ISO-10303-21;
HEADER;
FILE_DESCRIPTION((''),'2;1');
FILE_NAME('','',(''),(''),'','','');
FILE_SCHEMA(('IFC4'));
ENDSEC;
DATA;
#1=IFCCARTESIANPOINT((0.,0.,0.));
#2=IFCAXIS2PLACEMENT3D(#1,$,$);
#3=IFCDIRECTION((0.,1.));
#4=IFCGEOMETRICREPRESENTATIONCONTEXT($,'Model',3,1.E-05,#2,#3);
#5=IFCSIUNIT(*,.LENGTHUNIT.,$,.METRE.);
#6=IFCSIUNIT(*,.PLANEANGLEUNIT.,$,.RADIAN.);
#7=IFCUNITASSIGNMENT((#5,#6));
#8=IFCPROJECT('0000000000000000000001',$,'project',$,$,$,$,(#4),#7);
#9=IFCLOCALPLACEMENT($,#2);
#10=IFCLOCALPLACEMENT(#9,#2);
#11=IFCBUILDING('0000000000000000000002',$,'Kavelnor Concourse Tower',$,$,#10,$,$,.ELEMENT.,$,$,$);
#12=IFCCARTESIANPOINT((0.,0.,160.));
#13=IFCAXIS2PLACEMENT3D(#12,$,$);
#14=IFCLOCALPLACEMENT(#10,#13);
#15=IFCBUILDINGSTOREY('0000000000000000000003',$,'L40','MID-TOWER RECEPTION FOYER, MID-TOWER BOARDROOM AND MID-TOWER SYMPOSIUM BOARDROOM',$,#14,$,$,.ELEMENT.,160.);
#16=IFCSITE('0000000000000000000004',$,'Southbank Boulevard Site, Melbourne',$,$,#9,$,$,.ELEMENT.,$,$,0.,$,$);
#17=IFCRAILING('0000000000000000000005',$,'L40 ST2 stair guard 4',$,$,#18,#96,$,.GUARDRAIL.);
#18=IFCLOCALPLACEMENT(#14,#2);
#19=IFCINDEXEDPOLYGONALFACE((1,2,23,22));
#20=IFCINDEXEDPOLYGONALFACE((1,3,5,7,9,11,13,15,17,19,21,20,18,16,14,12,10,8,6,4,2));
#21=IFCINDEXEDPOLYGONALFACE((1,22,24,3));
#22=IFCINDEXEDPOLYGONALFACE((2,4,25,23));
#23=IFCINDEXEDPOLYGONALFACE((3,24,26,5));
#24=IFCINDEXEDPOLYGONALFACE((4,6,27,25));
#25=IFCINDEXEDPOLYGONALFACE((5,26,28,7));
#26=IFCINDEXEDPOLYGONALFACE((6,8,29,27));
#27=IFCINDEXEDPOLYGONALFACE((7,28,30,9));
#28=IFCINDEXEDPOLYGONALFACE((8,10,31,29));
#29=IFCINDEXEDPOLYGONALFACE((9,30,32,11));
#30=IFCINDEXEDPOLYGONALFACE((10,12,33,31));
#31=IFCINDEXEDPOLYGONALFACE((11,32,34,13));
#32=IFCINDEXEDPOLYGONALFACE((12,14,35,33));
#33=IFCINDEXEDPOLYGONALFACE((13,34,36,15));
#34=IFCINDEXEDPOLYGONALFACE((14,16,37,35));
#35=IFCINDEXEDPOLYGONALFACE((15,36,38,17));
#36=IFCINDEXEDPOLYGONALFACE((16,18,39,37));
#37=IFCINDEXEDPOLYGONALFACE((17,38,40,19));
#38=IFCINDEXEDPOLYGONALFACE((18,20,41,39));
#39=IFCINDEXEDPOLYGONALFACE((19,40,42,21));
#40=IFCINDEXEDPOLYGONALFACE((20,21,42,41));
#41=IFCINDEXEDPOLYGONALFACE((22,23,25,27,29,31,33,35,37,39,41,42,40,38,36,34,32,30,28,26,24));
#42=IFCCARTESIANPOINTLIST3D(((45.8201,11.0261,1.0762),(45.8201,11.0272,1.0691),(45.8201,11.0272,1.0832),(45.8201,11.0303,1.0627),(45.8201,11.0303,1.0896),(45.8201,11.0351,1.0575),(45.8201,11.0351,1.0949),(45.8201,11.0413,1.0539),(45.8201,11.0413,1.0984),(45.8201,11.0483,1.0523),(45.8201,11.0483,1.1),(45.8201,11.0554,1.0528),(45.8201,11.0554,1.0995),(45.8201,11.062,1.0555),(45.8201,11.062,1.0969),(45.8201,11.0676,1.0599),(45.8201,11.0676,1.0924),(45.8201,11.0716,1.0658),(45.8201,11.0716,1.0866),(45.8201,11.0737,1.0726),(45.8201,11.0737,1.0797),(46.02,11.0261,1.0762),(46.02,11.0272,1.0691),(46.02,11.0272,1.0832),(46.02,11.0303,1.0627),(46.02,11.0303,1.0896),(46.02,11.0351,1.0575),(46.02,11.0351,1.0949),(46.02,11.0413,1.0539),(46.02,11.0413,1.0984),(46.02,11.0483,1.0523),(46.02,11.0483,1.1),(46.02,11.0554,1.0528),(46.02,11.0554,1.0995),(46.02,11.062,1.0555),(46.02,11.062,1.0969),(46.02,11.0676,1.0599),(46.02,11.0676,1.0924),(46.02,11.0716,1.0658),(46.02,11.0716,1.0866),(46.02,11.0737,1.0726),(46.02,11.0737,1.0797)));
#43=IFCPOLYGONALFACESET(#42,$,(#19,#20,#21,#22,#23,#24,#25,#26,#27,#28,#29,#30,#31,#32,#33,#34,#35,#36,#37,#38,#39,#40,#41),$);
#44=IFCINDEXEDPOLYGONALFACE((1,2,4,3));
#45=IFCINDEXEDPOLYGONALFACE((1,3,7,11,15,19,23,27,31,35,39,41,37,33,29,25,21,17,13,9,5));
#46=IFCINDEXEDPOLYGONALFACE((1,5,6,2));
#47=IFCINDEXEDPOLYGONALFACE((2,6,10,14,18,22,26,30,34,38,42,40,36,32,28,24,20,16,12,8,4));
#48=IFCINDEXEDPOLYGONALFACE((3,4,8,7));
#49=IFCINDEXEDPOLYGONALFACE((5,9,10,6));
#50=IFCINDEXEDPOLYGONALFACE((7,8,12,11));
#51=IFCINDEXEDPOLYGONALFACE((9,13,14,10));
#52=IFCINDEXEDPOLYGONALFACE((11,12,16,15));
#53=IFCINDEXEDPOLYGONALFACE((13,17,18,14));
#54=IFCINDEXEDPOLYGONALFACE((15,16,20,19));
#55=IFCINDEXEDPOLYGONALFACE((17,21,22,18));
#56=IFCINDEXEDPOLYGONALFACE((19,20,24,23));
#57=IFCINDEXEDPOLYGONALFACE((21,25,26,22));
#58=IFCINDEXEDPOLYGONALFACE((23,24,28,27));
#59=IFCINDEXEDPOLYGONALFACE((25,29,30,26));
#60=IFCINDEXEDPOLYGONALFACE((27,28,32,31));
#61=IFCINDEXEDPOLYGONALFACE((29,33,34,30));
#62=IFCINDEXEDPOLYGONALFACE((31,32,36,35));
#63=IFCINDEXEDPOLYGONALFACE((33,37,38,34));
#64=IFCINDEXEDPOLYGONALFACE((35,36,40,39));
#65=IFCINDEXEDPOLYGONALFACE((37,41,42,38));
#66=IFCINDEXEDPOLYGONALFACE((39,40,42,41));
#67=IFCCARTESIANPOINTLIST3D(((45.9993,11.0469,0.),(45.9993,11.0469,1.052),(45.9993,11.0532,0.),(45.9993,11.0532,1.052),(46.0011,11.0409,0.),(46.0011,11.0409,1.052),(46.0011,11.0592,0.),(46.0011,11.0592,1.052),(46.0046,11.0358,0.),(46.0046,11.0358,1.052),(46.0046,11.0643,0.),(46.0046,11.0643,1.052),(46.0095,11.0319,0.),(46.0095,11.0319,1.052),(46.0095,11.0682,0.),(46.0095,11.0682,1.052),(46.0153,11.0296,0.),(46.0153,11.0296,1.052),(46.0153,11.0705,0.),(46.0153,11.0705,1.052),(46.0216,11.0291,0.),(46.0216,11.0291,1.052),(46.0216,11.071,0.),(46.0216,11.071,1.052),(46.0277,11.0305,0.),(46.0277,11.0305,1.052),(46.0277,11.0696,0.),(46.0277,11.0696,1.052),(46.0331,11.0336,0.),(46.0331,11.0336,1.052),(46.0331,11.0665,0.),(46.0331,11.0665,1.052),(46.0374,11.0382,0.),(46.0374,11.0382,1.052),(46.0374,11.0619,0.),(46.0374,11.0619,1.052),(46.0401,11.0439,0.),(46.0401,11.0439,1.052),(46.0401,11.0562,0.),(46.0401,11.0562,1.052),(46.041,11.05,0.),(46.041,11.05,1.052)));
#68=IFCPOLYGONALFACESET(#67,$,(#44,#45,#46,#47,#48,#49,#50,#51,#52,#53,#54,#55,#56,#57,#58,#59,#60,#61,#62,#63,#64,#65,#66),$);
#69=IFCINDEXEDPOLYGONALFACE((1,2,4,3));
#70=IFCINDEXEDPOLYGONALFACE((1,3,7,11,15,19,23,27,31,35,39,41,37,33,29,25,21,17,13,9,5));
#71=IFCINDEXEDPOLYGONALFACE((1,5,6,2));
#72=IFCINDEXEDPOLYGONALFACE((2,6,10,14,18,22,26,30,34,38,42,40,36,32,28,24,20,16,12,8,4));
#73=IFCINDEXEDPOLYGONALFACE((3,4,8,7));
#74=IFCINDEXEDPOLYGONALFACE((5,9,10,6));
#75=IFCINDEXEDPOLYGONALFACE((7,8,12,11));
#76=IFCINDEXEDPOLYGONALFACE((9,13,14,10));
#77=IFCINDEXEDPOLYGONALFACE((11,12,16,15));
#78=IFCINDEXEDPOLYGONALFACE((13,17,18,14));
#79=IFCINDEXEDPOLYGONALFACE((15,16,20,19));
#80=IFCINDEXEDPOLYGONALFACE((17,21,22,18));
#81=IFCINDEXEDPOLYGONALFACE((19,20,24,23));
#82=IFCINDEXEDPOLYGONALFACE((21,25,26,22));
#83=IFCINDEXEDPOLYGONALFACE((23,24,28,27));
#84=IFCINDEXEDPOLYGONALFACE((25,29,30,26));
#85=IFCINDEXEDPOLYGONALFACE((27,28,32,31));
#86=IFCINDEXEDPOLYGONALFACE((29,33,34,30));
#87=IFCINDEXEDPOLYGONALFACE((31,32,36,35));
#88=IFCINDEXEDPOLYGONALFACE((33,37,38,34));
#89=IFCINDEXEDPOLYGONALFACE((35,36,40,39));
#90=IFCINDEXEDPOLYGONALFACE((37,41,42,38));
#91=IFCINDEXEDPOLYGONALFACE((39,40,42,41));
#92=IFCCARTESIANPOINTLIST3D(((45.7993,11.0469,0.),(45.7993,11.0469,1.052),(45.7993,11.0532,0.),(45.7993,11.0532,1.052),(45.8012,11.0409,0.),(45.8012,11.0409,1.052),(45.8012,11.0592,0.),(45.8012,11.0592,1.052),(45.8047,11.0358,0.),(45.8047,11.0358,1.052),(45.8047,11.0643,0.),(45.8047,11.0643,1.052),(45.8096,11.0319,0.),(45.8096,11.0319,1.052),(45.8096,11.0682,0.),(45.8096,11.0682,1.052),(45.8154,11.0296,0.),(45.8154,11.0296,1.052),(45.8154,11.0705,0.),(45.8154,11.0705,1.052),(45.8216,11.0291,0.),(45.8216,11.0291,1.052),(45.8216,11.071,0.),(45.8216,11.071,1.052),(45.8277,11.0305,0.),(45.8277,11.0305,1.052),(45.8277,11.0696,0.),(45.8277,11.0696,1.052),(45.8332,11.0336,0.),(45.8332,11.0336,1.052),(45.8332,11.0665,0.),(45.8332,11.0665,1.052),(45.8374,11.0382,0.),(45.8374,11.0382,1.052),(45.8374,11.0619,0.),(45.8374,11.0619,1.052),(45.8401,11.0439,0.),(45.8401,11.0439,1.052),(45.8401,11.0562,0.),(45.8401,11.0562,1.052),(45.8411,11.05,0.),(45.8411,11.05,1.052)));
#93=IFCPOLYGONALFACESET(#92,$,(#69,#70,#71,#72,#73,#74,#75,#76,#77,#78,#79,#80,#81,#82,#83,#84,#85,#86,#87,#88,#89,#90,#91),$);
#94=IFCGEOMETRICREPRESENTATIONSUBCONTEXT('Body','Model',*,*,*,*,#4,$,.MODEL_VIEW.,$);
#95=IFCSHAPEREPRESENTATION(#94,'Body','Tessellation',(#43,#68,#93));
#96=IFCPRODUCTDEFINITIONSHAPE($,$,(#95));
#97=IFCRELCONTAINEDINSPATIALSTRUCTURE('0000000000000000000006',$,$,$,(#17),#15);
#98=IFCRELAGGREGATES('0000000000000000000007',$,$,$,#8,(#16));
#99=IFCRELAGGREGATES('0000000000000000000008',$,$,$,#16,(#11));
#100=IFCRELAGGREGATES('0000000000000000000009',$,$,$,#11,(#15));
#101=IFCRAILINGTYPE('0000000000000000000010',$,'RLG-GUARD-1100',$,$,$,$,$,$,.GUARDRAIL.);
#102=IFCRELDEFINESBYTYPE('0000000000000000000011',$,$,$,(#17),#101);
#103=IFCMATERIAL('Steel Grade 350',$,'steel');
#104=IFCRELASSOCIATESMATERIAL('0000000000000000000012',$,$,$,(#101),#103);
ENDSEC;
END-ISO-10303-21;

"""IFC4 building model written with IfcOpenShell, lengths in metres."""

from ifc_helpers import new_model, si_unit, direction, frame, origin, origin_2d, place, context, subcontext, project, spatial, circle, extrude, material, type_object, element, save


model = new_model("IFC4")

# Units and contexts
model_context = context("Model", 3, precision=1e-05, world=origin(), true_north=direction((0.0, 1.0)))
body_context = subcontext(model_context, "Body", "Model", "MODEL_VIEW")
ifc_project = project(units=[si_unit("LENGTHUNIT", "METRE"), si_unit("PLANEANGLEUNIT", "RADIAN")], contexts=[model_context])

# Site, building, storey
site_placement = place(None, origin())
site = spatial("IfcSite", under=ifc_project, at=site_placement, Name="Southbank Boulevard Site, Melbourne", CompositionType="ELEMENT", RefElevation=0.0)
building_placement = place(site_placement, origin())
building = spatial("IfcBuilding", under=site, at=building_placement, Name="Kavelnor Concourse Tower", CompositionType="ELEMENT")
storey_placement = place(building_placement, frame((0.0, 0.0, 160.0)))
storey = spatial("IfcBuildingStorey", under=building, at=storey_placement, Name="L40", Description="MID-TOWER RECEPTION FOYER, MID-TOWER BOARDROOM AND MID-TOWER SYMPOSIUM BOARDROOM", CompositionType="ELEMENT", Elevation=160.0)

# Shared definitions
ifc_material_1 = material(Name="Steel Grade 350", Category="steel")

# Railing
railing_type_1 = type_object("IfcRailingType", Name="RLG-GUARD-1100", PredefinedType="GUARDRAIL", material=ifc_material_1)
railing_1_placement = place(storey_placement, frame((46.02, 11.05, 0.0)))
element("IfcRailing", 1, at=railing_1_placement, inside=storey, type_object=railing_type_1, Name="L40 ST2 stair guard 4", PredefinedType="GUARDRAIL", context=body_context, shape_type="SweptSolid", body=[
    extrude(circle(Radius=0.0239, at=origin_2d()), frame((0.0, 0.0, 1.0762), z_axis=(-1.0, 0.0, 0.0), x_axis=(0.0, -1.0, 0.0)), (0.0, 0.0, 1.0), 0.2),
    extrude(circle(Radius=0.021, at=origin_2d()), origin(), (0.0, 0.0, 1.0), 1.052),
    extrude(circle(Radius=0.021, at=origin_2d()), frame((-0.2, 0.0, 0.0)), (0.0, 0.0, 1.0), 1.052),
])

save(model, "model.ifc")
